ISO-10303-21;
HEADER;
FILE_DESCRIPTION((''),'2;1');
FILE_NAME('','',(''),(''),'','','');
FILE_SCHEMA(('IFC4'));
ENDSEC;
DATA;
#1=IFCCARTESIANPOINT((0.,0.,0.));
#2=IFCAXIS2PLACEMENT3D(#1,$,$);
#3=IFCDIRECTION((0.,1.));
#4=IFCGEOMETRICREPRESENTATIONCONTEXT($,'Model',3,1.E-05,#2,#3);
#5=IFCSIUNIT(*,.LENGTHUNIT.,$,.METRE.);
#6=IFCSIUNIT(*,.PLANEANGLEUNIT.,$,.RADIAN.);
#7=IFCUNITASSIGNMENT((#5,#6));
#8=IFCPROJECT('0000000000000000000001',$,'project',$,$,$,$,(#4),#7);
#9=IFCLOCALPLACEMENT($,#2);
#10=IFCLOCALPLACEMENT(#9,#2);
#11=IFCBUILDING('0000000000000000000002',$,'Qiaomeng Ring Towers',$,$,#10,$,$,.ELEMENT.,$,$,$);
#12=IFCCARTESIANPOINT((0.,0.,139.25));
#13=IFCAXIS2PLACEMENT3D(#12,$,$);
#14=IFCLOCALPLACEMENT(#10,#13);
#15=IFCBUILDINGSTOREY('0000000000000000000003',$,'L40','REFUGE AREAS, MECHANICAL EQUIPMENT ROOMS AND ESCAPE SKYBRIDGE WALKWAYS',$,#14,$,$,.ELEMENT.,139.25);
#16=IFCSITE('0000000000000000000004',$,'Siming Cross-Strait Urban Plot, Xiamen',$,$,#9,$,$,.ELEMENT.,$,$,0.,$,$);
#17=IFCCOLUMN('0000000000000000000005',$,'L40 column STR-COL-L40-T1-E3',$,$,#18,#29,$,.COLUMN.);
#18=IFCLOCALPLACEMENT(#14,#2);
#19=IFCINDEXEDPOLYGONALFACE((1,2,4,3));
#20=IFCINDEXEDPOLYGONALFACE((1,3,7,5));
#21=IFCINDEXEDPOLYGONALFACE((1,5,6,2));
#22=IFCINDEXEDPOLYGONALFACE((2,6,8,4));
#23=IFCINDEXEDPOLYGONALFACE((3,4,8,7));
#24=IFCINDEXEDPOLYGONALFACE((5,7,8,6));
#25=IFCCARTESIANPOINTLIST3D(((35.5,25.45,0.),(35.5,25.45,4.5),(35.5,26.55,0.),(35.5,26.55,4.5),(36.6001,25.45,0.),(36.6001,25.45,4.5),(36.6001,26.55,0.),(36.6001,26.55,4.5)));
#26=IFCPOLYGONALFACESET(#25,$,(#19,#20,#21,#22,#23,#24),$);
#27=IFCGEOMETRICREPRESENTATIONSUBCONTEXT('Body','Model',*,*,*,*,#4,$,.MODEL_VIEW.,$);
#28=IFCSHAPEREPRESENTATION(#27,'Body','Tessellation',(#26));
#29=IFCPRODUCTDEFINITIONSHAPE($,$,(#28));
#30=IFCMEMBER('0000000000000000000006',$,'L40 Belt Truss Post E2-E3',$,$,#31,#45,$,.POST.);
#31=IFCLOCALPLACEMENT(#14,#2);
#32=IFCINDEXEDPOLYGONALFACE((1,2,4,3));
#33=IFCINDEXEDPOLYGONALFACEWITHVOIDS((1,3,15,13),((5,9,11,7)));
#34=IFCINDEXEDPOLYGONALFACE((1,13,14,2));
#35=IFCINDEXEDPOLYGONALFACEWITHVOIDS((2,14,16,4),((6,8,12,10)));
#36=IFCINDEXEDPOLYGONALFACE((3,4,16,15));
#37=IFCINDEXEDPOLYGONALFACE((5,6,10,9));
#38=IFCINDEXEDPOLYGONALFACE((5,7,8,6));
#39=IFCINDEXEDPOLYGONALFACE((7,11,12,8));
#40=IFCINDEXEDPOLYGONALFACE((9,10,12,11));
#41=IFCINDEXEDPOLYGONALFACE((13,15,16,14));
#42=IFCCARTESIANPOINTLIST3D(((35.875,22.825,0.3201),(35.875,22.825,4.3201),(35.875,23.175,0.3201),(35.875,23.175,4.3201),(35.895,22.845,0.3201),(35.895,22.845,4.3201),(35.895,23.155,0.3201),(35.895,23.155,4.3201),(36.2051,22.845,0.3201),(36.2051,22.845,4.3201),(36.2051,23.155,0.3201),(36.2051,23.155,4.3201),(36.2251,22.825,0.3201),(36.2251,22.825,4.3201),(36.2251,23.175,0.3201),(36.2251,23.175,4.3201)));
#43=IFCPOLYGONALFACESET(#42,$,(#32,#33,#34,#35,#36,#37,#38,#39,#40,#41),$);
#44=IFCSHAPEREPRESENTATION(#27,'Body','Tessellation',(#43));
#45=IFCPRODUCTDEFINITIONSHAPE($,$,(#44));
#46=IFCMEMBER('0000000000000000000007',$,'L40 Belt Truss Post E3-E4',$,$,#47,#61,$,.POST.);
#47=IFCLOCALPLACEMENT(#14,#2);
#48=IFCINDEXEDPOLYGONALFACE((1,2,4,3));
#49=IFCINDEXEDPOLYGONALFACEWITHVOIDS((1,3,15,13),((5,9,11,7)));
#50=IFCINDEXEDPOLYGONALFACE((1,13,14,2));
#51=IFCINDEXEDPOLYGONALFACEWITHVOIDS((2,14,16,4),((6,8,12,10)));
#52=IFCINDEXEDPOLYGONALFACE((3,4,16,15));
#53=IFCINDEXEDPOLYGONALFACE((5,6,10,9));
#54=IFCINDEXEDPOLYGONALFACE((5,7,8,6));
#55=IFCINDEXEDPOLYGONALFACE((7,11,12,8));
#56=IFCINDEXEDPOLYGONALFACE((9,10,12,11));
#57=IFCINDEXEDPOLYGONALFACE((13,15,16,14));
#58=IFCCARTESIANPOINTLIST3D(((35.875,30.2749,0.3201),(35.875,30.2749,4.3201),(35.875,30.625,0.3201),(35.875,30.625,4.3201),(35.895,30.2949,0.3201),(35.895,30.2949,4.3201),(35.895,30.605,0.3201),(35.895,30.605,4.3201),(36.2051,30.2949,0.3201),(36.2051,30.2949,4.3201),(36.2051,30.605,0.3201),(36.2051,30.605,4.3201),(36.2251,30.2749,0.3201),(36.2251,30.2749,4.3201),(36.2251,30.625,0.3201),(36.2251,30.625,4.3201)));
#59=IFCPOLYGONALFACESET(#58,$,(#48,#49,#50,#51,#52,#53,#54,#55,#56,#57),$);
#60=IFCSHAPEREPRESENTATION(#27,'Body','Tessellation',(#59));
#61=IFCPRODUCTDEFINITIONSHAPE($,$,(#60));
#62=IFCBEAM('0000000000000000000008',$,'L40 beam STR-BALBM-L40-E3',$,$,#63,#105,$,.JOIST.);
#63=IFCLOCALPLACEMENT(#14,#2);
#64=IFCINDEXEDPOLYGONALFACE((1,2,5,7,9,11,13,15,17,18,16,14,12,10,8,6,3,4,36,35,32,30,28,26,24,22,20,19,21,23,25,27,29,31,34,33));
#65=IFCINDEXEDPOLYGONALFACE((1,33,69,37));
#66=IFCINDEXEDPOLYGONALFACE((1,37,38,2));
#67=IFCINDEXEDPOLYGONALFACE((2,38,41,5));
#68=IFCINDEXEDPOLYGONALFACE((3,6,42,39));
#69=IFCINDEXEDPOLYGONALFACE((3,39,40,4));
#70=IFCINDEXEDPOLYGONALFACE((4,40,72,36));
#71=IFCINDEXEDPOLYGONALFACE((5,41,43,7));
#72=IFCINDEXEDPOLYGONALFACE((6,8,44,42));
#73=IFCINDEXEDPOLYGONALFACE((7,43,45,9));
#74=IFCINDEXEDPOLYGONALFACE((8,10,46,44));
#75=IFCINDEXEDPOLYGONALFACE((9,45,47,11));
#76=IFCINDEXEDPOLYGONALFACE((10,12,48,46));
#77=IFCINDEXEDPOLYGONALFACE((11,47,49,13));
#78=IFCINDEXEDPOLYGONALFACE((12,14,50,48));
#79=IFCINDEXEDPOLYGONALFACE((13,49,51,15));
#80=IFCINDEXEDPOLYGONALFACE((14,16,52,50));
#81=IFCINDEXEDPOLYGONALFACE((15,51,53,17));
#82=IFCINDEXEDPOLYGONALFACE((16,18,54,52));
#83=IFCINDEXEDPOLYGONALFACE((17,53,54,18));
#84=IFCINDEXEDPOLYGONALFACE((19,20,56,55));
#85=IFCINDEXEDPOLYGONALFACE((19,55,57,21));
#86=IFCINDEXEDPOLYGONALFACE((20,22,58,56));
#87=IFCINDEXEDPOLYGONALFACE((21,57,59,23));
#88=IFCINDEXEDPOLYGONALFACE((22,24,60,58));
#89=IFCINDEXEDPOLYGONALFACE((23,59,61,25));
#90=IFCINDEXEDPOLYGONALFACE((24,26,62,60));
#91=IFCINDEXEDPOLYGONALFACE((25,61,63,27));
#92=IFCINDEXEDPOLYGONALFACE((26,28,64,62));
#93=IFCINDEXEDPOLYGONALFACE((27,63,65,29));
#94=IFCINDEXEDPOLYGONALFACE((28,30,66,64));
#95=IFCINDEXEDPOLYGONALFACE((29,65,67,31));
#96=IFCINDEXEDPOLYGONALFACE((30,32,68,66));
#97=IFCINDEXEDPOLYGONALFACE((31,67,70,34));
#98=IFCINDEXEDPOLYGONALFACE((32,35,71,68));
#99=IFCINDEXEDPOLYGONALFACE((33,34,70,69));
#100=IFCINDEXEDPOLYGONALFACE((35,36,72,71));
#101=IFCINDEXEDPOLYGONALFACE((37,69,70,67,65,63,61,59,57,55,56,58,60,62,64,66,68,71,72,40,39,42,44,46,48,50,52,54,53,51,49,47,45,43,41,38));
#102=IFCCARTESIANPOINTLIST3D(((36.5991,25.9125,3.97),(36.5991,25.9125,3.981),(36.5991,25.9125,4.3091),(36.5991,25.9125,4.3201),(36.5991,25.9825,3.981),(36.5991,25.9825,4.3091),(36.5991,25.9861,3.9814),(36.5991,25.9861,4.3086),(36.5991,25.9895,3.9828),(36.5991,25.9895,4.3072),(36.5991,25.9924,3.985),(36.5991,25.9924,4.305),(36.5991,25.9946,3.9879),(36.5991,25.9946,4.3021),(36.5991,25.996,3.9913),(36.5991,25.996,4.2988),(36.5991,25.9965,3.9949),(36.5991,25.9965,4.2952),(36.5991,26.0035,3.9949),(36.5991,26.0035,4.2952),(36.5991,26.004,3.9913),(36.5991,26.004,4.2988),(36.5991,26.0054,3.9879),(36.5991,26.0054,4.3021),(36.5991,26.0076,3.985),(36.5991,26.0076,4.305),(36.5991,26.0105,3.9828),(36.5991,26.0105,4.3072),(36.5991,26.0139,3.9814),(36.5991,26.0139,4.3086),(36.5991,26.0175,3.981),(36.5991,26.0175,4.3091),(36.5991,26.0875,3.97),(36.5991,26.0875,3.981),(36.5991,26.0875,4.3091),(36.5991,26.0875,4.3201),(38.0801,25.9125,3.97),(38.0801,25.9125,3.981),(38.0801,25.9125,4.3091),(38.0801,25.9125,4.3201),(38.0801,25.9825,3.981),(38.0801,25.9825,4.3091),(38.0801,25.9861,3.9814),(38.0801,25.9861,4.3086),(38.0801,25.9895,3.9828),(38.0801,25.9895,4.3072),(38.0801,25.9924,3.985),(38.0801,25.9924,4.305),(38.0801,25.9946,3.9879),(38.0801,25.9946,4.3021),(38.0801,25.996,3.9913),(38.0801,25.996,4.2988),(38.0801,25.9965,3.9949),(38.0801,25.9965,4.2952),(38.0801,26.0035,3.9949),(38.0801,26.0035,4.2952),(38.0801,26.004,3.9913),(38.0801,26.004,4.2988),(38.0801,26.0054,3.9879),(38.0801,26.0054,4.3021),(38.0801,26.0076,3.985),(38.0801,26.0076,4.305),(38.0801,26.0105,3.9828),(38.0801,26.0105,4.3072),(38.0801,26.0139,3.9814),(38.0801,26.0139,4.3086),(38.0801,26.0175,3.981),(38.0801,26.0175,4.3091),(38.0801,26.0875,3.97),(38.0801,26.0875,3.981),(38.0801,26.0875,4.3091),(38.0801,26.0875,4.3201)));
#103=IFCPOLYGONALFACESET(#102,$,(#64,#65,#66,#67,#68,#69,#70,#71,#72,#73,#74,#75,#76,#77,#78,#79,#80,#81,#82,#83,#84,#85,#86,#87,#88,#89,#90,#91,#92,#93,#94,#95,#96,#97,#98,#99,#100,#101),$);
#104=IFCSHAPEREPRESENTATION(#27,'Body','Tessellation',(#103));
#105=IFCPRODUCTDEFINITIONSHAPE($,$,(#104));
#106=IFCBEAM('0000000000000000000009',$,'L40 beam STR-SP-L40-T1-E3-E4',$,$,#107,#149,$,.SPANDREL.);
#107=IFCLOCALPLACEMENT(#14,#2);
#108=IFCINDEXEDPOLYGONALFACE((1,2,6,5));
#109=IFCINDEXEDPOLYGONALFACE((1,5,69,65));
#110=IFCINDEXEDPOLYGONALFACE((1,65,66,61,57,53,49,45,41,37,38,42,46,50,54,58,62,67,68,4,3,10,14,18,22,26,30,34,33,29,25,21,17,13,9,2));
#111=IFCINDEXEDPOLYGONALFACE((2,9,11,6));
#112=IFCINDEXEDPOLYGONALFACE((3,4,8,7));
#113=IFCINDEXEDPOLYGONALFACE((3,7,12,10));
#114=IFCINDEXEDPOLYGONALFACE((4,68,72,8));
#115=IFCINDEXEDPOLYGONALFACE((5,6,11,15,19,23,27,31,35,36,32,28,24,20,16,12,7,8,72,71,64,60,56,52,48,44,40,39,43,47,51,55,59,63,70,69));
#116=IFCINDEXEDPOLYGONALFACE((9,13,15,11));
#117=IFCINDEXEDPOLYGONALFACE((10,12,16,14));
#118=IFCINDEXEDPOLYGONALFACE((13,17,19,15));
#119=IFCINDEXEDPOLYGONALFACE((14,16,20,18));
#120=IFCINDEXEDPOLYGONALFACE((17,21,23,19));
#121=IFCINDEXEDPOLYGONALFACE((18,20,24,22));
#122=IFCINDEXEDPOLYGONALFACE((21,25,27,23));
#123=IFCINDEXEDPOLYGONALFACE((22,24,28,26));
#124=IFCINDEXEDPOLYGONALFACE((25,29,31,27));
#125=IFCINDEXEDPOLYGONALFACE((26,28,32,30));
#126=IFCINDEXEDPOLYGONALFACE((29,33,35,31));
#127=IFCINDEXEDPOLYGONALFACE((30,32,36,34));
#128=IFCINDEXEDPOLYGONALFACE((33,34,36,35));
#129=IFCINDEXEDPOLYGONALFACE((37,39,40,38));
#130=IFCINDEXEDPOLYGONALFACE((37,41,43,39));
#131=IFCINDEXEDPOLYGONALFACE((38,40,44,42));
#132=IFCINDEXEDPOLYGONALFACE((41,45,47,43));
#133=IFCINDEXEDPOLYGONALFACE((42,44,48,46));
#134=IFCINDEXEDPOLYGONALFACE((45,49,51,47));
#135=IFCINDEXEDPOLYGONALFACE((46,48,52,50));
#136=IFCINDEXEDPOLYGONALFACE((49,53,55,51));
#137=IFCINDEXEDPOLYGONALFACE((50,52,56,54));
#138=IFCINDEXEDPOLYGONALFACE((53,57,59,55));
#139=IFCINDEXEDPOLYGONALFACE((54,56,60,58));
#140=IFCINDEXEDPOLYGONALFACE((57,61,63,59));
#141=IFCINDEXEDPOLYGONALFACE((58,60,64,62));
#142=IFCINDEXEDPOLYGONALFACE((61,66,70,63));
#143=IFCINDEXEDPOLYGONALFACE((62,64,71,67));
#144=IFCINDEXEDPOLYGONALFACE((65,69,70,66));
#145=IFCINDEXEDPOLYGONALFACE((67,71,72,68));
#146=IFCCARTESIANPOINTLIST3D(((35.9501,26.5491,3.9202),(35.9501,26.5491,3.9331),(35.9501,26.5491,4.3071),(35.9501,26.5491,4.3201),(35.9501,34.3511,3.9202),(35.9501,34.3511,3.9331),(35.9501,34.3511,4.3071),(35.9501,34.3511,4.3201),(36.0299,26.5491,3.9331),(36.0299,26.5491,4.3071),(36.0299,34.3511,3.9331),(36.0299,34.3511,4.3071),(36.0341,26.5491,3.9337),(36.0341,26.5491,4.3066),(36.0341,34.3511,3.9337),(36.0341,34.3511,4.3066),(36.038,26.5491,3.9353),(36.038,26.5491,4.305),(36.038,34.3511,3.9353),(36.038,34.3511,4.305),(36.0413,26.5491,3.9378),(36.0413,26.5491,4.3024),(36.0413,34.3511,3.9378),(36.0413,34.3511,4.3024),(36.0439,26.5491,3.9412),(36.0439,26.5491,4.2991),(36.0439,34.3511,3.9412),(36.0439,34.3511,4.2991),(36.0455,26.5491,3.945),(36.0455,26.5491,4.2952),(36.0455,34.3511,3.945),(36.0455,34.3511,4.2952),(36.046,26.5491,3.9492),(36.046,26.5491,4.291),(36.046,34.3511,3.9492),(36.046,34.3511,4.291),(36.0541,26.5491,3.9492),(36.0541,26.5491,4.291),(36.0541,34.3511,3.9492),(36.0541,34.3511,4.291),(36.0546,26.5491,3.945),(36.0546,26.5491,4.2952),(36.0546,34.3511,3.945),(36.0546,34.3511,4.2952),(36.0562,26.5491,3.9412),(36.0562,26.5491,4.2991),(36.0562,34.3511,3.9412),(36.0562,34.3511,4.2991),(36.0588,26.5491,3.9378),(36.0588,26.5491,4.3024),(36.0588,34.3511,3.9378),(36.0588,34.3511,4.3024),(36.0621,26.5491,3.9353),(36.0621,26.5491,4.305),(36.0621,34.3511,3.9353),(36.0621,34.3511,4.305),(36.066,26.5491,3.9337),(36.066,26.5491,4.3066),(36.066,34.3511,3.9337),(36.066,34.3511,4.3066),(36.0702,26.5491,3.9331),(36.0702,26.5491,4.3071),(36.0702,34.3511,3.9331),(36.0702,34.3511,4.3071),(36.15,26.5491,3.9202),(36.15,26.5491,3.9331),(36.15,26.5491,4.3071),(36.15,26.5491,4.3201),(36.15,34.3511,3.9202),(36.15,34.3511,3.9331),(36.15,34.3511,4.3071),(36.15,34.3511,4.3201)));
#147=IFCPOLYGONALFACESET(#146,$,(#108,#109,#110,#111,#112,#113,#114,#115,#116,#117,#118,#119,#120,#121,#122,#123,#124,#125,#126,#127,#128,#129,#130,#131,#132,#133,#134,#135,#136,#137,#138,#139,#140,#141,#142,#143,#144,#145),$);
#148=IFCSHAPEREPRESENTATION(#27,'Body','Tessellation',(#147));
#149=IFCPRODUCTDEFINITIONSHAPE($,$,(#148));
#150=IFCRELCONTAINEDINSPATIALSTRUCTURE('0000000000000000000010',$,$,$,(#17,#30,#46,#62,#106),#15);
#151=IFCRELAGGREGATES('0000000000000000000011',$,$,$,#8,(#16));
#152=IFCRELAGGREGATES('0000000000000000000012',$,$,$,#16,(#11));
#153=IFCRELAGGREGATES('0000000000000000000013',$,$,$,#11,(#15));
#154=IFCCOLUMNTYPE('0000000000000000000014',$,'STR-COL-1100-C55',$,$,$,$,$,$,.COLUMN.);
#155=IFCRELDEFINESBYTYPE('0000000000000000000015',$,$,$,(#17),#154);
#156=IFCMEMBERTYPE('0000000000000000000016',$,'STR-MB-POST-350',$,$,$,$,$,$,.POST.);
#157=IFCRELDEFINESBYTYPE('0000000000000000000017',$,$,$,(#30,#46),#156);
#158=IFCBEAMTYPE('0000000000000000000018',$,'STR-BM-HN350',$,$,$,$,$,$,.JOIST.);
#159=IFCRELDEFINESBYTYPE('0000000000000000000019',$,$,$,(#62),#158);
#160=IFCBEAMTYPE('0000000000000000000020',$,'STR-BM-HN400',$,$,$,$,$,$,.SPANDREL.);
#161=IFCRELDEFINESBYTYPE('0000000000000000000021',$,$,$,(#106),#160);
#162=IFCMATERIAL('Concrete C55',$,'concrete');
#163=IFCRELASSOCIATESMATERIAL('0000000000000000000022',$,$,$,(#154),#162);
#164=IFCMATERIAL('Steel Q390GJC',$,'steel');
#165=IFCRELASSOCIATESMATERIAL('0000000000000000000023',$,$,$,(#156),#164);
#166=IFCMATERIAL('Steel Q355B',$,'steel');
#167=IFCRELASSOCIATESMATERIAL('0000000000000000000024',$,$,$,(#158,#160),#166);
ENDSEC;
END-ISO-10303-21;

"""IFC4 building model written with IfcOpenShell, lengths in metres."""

from ifc_helpers import new_model, si_unit, direction, frame, origin, origin_2d, place, context, subcontext, project, spatial, rectangle, hollow_rectangle, i_section, extrude, source, transform, mapped, material, material_profile, profile_set, type_object, element, save


model = new_model("IFC4")

# Units and contexts
model_context = context("Model", 3, precision=1e-05, world=origin(), true_north=direction((0.0, 1.0)))
body_context = subcontext(model_context, "Body", "Model", "MODEL_VIEW")
ifc_project = project(units=[si_unit("LENGTHUNIT", "METRE"), si_unit("PLANEANGLEUNIT", "RADIAN")], contexts=[model_context])

# Site, building, storey
site_placement = place(None, origin())
site = spatial("IfcSite", under=ifc_project, at=site_placement, Name="Siming Cross-Strait Urban Plot, Xiamen", CompositionType="ELEMENT", RefElevation=0.0)
building_placement = place(site_placement, origin())
building = spatial("IfcBuilding", under=site, at=building_placement, Name="Qiaomeng Ring Towers", CompositionType="ELEMENT")
storey_placement = place(building_placement, frame((0.0, 0.0, 139.25)))
storey = spatial("IfcBuildingStorey", under=building, at=storey_placement, Name="L40", Description="REFUGE AREAS, MECHANICAL EQUIPMENT ROOMS AND ESCAPE SKYBRIDGE WALKWAYS", CompositionType="ELEMENT", Elevation=139.25)

# Column
ifc_material_1 = material(Name="Concrete C55", Category="concrete")
ifc_material_profile_1 = material_profile(ifc_material_1, rectangle(XDim=1.1001, YDim=1.1001, at=origin_2d()), Name="RC COL 1100x1100")
ifc_profile_set_1 = profile_set([ifc_material_profile_1], Name="Concrete C55")
column_type = type_object("IfcColumnType", Name="STR-COL-1100-C55", PredefinedType="COLUMN", material=ifc_profile_set_1)
shared_shape_1 = source(origin(), body_context, "Body", "SweptSolid", [
    extrude(rectangle(XDim=1.1001, YDim=1.1001, at=origin_2d()), origin(), (0.0, 0.0, 1.0), 4.5),
])
column_placement = place(storey_placement, frame((36.05, 26.0, 0.0), z_axis=(0.0, 0.0, 1.0), x_axis=(1.0, 0.0, 0.0)))
element("IfcColumn", 1, at=column_placement, inside=storey, type_object=column_type, Name="L40 column STR-COL-L40-T1-E3", PredefinedType="COLUMN", context=body_context, shape_type="MappedRepresentation", body=[
    mapped(shared_shape_1, transform((0.0, 0.0, 0.0), x_axis=(1.0, 0.0, 0.0), y_axis=(0.0, 1.0, 0.0), z_axis=(0.0, 0.0, 1.0), scale=1.0)),
])

# Members
ifc_material_2 = material(Name="Steel Q390GJC", Category="steel")
ifc_material_profile_2 = material_profile(ifc_material_2, hollow_rectangle(XDim=0.3501, YDim=0.3501, WallThickness=0.02, at=origin_2d()), Name="SHS 350x350x20")
ifc_profile_set_2 = profile_set([ifc_material_profile_2], Name="Steel Q390GJC")
member_type_1 = type_object("IfcMemberType", Name="STR-MB-POST-350", PredefinedType="POST", material=ifc_profile_set_2)
shared_shape_2 = source(origin(), body_context, "Body", "SweptSolid", [
    extrude(hollow_rectangle(XDim=0.3501, YDim=0.3501, WallThickness=0.02, at=origin_2d()), origin(), (0.0, 0.0, 1.0), 4.0),
])
for number, where, z_axis, x_axis, name in (
    (2, (36.05, 23.0, 0.3201), (0.0, 0.0, 1.0), (1.0, 0.0, 0.0), "L40 Belt Truss Post E2-E3"),
    (3, (36.05, 30.45, 0.3201), (0.0, 0.0, 1.0), (1.0, 0.0, 0.0), "L40 Belt Truss Post E3-E4"),
):
    element("IfcMember", number, at=place(storey_placement, frame(where, z_axis=z_axis, x_axis=x_axis)), inside=storey, type_object=member_type_1, Name=name, PredefinedType="POST", context=body_context, shape_type="MappedRepresentation", body=[
        mapped(shared_shape_2, transform((0.0, 0.0, 0.0), x_axis=(1.0, 0.0, 0.0), y_axis=(0.0, 1.0, 0.0), z_axis=(0.0, 0.0, 1.0), scale=1.0)),
    ])

# Beams
ifc_material_3 = material(Name="Steel Q355B", Category="steel")
ifc_material_profile_3 = material_profile(ifc_material_3, i_section(OverallWidth=0.175, OverallDepth=0.3501, WebThickness=0.0071, FlangeThickness=0.011, FilletRadius=0.0139, at=origin_2d()), Name="HN 350x175x7x11")
ifc_profile_set_3 = profile_set([ifc_material_profile_3], Name="Steel Q355B")
beam_type_1 = type_object("IfcBeamType", Name="STR-BM-HN350", PredefinedType="JOIST", material=ifc_profile_set_3)
shared_shape_3 = source(origin(), body_context, "Body", "SweptSolid", [
    extrude(i_section(OverallWidth=0.175, OverallDepth=0.3501, WebThickness=0.0071, FlangeThickness=0.011, FilletRadius=0.0139, at=origin_2d()), origin(), (0.0, 0.0, 1.0), 1.481),
])
beam_1_placement = place(storey_placement, frame((36.5991, 26.0, 4.145), z_axis=(1.0, 0.0, 0.0), x_axis=(0.0, 1.0, 0.0)))
element("IfcBeam", 4, at=beam_1_placement, inside=storey, type_object=beam_type_1, Name="L40 beam STR-BALBM-L40-E3", PredefinedType="JOIST", context=body_context, shape_type="MappedRepresentation", body=[
    mapped(shared_shape_3, transform((0.0, 0.0, 0.0), x_axis=(1.0, 0.0, 0.0), y_axis=(0.0, 1.0, 0.0), z_axis=(0.0, 0.0, 1.0), scale=1.0)),
])
ifc_material_profile_4 = material_profile(ifc_material_3, i_section(OverallWidth=0.2, OverallDepth=0.3999, WebThickness=0.0081, FlangeThickness=0.0129, FilletRadius=0.0161, at=origin_2d()), Name="HN 400x200x8x13")
ifc_profile_set_4 = profile_set([ifc_material_profile_4], Name="Steel Q355B")
beam_type_2 = type_object("IfcBeamType", Name="STR-BM-HN400", PredefinedType="SPANDREL", material=ifc_profile_set_4)
shared_shape_4 = source(origin(), body_context, "Body", "SweptSolid", [
    extrude(i_section(OverallWidth=0.2, OverallDepth=0.3999, WebThickness=0.0081, FlangeThickness=0.0129, FilletRadius=0.0161, at=origin_2d()), origin(), (0.0, 0.0, 1.0), 7.802),
])
beam_2_placement = place(storey_placement, frame((36.05, 26.5491, 4.1201), z_axis=(0.0, 1.0, 0.0), x_axis=(-1.0, 0.0, 0.0)))
element("IfcBeam", 5, at=beam_2_placement, inside=storey, type_object=beam_type_2, Name="L40 beam STR-SP-L40-T1-E3-E4", PredefinedType="SPANDREL", context=body_context, shape_type="MappedRepresentation", body=[
    mapped(shared_shape_4, transform((0.0, 0.0, 0.0), x_axis=(1.0, 0.0, 0.0), y_axis=(0.0, 1.0, 0.0), z_axis=(0.0, 0.0, 1.0), scale=1.0)),
])

save(model, "model.ifc")
